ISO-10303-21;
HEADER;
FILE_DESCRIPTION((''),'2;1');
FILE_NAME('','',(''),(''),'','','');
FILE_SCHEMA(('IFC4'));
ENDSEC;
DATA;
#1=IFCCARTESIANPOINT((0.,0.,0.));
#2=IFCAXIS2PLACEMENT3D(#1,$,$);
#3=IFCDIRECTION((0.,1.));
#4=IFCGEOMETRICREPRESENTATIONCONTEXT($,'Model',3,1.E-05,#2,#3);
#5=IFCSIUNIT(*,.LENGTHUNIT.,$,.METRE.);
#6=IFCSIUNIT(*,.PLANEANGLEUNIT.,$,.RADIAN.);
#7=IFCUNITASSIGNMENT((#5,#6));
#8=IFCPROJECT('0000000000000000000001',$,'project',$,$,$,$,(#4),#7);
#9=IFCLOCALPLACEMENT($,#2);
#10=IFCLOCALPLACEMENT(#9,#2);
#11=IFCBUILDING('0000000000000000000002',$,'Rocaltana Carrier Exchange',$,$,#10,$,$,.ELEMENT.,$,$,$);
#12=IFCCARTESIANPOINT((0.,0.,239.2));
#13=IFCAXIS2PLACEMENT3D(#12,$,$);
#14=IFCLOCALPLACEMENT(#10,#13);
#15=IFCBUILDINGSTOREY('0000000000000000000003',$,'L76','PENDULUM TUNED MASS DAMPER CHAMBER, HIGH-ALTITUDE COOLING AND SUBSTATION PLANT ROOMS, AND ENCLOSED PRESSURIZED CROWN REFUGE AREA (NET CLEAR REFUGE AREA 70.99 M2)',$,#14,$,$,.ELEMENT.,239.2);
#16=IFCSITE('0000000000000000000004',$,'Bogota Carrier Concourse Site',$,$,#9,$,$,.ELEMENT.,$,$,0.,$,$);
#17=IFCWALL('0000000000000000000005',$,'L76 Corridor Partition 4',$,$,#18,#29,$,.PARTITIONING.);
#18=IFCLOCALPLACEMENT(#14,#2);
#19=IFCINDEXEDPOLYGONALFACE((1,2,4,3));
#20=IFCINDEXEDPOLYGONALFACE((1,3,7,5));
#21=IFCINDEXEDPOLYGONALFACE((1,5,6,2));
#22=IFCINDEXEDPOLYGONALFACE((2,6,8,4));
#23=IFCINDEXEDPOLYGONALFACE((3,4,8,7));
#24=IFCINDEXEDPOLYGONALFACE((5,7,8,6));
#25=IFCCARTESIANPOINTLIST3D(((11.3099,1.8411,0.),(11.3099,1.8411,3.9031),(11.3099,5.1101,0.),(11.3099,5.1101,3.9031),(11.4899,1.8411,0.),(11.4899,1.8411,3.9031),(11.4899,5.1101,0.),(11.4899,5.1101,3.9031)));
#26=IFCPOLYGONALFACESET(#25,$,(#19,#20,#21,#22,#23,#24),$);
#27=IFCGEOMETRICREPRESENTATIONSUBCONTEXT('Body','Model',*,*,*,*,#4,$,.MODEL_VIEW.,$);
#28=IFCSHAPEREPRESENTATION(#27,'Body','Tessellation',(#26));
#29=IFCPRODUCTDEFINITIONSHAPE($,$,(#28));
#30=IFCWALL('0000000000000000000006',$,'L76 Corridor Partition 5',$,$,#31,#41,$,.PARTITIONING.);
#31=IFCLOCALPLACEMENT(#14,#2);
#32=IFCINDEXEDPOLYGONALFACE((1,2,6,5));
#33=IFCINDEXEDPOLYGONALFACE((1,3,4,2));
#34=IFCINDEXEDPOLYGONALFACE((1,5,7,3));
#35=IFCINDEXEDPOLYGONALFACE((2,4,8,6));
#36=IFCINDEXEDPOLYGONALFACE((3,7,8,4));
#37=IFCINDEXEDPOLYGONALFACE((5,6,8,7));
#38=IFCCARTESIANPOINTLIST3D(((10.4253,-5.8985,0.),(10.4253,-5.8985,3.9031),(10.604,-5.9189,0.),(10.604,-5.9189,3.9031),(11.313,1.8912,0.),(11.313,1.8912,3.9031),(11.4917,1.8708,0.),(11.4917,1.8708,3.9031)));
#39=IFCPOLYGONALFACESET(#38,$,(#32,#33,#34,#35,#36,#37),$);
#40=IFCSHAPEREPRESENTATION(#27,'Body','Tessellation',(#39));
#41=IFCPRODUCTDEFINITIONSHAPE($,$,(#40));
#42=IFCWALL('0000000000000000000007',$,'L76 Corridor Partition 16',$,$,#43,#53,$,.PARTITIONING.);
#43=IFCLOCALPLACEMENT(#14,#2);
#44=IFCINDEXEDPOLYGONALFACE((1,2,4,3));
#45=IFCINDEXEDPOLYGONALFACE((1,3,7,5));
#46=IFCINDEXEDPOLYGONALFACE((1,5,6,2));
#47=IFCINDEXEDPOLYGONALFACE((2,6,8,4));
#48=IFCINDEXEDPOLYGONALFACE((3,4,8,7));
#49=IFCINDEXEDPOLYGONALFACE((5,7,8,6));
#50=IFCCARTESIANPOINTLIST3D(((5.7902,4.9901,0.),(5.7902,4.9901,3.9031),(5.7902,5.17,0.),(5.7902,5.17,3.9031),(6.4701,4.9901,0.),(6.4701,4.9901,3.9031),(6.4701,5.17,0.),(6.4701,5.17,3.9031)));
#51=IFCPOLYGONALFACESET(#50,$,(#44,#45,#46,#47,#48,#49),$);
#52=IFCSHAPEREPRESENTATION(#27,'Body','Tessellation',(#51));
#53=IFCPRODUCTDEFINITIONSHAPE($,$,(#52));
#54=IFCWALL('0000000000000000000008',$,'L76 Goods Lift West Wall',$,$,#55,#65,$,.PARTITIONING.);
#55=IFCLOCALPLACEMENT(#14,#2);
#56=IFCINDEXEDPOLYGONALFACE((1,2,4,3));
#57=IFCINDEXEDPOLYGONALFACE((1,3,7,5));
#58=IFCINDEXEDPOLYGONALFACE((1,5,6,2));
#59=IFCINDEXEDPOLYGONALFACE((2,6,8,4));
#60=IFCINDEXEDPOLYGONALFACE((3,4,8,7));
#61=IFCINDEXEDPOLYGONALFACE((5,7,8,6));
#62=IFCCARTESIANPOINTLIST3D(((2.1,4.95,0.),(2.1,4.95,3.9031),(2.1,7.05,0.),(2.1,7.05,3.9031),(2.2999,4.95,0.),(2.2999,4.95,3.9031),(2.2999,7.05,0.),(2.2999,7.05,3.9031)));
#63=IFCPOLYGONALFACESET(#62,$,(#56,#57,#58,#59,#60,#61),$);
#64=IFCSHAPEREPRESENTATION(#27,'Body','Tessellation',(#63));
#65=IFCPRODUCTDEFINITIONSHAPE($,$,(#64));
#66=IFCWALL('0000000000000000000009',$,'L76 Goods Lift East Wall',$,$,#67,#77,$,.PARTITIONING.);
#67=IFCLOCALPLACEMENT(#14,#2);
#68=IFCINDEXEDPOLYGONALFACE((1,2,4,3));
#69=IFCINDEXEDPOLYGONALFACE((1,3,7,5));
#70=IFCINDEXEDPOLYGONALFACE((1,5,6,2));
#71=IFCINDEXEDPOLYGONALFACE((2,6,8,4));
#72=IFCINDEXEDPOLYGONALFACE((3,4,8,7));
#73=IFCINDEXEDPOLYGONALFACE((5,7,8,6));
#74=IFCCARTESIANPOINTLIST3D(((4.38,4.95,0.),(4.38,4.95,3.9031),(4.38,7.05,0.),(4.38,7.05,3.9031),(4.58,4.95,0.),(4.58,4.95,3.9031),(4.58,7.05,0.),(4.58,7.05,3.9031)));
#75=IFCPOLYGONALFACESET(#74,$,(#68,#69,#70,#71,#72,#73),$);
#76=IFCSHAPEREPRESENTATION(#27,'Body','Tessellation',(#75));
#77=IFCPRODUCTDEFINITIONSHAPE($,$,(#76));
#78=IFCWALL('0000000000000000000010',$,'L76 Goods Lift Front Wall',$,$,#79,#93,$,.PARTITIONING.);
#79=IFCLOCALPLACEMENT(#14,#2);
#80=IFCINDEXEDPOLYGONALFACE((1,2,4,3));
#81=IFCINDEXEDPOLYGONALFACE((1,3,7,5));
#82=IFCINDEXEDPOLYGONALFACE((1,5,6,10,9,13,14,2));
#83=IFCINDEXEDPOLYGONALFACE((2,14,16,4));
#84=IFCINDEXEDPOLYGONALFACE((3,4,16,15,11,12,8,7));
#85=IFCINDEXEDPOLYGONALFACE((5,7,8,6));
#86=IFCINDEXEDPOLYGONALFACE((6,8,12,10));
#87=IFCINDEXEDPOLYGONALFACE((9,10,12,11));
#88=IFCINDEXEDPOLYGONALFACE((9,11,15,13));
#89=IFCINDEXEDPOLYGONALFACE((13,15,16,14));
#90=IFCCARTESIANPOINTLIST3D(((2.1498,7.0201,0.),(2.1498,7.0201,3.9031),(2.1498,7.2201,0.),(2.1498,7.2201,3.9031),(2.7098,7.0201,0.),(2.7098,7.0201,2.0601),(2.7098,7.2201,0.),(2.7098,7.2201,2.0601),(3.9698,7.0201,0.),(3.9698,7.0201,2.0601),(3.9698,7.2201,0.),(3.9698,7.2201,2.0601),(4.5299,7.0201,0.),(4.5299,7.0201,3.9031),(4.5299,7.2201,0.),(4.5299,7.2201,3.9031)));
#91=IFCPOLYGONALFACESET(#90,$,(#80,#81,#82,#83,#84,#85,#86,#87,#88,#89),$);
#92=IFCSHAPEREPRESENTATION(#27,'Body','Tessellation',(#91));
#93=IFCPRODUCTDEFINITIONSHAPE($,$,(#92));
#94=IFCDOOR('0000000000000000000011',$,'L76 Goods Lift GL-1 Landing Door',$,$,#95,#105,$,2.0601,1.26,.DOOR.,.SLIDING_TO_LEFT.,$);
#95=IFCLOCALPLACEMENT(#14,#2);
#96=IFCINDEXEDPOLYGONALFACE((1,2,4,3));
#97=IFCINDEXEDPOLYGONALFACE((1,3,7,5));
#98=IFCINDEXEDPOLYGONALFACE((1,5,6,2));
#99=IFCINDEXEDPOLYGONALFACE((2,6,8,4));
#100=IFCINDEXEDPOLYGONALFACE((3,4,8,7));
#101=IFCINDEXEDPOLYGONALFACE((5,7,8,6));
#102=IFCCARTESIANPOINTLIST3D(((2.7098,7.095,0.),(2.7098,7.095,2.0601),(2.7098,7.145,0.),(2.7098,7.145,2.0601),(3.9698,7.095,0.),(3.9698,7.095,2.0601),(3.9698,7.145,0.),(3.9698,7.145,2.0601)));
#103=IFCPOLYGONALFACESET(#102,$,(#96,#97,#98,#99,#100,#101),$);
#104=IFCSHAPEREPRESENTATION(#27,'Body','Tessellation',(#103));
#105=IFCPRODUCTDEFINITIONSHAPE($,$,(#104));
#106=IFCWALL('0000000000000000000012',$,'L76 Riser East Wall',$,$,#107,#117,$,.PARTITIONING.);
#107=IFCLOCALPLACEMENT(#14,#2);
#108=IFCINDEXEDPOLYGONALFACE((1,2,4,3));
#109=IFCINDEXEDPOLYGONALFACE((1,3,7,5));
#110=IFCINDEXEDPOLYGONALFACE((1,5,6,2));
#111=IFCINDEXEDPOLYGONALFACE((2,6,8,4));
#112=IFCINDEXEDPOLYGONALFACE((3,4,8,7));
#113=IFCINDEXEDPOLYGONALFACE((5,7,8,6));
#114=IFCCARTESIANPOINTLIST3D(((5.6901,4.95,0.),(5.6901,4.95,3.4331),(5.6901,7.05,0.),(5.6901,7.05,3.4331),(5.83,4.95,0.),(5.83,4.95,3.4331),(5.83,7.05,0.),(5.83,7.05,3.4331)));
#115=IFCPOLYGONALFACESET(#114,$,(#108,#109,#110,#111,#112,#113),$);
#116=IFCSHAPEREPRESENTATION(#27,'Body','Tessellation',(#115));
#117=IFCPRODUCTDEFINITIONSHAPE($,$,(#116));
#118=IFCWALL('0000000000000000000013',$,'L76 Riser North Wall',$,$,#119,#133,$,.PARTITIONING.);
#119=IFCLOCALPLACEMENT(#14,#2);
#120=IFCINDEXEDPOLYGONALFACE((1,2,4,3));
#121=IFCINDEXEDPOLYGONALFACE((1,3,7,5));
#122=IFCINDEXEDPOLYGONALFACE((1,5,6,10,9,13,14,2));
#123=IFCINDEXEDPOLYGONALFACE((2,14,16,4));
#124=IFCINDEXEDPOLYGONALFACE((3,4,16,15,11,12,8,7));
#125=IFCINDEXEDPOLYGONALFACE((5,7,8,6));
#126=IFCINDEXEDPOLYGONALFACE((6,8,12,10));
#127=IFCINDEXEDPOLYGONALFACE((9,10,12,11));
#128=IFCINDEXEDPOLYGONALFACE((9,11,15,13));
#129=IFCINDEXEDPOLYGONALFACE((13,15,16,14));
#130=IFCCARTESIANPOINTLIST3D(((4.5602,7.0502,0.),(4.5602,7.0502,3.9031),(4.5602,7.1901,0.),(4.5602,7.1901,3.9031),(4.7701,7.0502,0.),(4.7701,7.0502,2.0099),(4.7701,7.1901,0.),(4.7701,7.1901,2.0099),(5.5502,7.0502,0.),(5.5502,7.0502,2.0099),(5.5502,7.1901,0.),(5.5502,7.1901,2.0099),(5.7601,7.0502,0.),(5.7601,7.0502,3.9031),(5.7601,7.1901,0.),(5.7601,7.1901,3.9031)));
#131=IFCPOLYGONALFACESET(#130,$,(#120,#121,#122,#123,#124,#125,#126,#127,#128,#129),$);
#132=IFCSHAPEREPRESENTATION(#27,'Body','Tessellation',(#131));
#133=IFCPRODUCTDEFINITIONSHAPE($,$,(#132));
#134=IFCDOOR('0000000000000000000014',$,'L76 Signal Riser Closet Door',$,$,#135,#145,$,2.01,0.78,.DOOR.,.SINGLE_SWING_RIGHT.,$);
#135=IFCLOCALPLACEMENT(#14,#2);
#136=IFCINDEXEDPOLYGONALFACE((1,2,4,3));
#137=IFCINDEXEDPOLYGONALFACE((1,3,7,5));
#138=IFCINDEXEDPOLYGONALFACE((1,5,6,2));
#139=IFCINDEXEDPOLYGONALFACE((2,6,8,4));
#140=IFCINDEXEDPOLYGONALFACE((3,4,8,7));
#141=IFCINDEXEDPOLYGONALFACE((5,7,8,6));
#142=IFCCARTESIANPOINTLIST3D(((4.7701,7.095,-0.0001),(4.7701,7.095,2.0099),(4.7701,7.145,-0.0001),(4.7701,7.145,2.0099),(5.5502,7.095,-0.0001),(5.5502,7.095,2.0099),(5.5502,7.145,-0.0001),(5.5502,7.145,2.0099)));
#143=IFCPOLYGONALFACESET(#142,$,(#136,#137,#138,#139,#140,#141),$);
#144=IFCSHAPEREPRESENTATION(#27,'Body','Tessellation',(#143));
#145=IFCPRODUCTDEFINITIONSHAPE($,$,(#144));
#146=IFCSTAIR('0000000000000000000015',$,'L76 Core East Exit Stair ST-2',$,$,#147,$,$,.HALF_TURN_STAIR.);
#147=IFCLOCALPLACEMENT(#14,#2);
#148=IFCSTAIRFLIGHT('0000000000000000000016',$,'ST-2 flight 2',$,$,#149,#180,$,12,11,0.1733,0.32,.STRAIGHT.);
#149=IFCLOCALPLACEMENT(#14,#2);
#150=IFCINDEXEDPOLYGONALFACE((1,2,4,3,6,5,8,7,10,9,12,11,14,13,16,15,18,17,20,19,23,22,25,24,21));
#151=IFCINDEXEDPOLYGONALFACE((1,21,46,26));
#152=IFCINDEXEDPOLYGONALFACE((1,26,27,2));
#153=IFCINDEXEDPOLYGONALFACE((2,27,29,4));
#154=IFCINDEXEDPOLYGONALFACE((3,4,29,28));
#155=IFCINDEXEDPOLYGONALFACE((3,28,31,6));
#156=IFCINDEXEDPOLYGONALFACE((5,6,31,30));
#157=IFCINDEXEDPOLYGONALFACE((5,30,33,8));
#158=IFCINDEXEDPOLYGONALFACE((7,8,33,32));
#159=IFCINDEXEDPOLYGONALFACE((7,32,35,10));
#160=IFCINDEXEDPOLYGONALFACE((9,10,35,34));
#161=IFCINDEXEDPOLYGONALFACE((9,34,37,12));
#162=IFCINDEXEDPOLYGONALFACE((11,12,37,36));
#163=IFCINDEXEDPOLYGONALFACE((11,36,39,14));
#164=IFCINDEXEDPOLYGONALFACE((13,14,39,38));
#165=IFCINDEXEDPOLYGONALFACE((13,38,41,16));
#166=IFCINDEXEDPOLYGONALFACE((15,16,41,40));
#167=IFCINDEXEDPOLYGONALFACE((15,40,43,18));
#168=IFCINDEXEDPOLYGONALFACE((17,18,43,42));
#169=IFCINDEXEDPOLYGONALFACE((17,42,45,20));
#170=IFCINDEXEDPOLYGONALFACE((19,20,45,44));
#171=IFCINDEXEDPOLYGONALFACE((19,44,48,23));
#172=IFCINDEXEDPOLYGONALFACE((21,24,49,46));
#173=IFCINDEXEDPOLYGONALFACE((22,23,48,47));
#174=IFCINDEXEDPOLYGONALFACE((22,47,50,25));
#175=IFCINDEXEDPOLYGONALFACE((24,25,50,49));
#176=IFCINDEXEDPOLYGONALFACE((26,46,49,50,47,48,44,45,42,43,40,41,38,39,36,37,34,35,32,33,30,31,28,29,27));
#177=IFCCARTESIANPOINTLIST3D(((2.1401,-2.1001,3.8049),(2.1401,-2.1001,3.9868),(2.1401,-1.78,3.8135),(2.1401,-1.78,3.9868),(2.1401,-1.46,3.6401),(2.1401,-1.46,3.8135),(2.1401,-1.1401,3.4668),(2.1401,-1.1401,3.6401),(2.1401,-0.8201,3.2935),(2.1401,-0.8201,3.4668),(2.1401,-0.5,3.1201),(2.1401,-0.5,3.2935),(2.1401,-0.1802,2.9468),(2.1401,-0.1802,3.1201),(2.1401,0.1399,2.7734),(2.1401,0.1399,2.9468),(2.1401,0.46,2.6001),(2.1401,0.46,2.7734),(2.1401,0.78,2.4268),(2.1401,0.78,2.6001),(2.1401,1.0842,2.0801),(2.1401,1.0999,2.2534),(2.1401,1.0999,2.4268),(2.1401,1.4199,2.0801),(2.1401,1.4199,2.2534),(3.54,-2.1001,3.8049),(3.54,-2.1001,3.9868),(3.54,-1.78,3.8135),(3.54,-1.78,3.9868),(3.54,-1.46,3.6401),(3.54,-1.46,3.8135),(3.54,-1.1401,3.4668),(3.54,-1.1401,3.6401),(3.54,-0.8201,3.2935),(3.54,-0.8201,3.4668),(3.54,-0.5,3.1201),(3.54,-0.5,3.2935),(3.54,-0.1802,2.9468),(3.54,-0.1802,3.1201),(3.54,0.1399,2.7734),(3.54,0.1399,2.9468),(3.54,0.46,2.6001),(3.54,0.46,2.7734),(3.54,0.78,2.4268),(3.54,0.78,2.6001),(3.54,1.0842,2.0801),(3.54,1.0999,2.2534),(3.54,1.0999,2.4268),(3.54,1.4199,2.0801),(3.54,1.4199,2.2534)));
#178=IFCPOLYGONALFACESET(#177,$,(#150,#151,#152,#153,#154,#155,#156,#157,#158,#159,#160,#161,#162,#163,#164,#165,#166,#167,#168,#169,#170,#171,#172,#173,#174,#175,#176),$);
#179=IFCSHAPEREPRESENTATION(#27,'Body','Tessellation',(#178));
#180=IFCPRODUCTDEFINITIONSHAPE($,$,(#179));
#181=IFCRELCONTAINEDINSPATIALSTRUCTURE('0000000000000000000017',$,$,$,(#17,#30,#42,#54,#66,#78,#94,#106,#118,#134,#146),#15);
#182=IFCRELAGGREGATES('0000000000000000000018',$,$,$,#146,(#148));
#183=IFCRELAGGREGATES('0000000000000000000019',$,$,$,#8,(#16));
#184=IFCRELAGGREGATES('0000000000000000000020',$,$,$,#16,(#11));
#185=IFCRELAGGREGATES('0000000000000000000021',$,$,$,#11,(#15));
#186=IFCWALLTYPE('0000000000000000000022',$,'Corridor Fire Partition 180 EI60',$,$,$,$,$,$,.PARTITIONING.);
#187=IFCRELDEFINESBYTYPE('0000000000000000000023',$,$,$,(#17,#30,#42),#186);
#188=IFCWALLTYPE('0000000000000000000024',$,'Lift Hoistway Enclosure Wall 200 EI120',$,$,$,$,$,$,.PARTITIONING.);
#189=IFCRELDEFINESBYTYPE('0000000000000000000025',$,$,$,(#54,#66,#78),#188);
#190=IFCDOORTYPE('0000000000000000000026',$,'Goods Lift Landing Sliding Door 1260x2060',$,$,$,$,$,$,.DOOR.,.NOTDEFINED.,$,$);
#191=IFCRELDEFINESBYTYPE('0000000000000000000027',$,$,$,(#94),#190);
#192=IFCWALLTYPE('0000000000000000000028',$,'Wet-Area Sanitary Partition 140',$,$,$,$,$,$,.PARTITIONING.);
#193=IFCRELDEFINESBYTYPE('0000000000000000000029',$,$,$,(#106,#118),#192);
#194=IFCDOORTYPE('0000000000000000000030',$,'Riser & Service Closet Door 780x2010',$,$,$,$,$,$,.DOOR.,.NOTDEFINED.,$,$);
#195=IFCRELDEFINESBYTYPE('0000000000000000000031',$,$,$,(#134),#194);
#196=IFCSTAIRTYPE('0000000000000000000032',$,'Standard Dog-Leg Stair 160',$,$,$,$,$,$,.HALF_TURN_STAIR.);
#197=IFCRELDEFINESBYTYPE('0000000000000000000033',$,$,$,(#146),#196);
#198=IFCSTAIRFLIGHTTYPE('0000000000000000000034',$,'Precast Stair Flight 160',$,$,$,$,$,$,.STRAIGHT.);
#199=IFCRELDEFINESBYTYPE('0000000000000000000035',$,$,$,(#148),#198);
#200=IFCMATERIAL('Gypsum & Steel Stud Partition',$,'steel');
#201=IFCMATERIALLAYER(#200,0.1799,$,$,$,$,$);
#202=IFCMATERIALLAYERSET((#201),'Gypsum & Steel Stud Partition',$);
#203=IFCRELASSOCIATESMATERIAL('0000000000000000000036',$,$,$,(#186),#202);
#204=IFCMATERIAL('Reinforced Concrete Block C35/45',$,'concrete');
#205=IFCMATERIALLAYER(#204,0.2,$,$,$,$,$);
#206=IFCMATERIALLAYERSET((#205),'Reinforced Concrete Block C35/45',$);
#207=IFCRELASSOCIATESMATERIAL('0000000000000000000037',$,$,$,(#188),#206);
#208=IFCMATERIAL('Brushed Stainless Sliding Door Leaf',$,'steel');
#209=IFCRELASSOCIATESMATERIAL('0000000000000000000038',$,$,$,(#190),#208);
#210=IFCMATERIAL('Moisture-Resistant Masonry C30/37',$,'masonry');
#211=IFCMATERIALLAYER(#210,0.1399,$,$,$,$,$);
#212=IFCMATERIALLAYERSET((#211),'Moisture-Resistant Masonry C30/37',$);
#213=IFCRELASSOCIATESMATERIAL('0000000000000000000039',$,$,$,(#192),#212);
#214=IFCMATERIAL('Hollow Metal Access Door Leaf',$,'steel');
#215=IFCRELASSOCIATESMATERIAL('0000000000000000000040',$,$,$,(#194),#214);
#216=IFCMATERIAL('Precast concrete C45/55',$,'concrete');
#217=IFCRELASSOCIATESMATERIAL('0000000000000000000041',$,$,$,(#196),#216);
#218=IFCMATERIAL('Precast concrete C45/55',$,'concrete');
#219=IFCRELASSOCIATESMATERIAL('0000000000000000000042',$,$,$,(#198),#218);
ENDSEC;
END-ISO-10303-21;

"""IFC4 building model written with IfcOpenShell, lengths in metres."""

from ifc_helpers import new_model, si_unit, direction, frame, frame_2d, origin, place, context, subcontext, project, spatial, polyline, rectangle, outline, extrude, material, layer, layer_set, type_object, element, fill, aggregate, save


model = new_model("IFC4")

# Units and contexts
model_context = context("Model", 3, precision=1e-05, world=origin(), true_north=direction((0.0, 1.0)))
body_context = subcontext(model_context, "Body", "Model", "MODEL_VIEW")
ifc_project = project(units=[si_unit("LENGTHUNIT", "METRE"), si_unit("PLANEANGLEUNIT", "RADIAN")], contexts=[model_context])

# Site, building, storey
site_placement = place(None, origin())
site = spatial("IfcSite", under=ifc_project, at=site_placement, Name="Bogota Carrier Concourse Site", CompositionType="ELEMENT", RefElevation=0.0)
building_placement = place(site_placement, origin())
building = spatial("IfcBuilding", under=site, at=building_placement, Name="Rocaltana Carrier Exchange", CompositionType="ELEMENT")
storey_placement = place(building_placement, frame((0.0, 0.0, 239.2)))
storey = spatial("IfcBuildingStorey", under=building, at=storey_placement, Name="L76", Description="PENDULUM TUNED MASS DAMPER CHAMBER, HIGH-ALTITUDE COOLING AND SUBSTATION PLANT ROOMS, AND ENCLOSED PRESSURIZED CROWN REFUGE AREA (NET CLEAR REFUGE AREA 70.99 M2)", CompositionType="ELEMENT", Elevation=239.2)

# Walls
ifc_material_1 = material(Name="Gypsum & Steel Stud Partition", Category="steel")
ifc_layer_1 = layer(ifc_material_1, 0.1799)
ifc_layer_set_1 = layer_set([ifc_layer_1], Name="Gypsum & Steel Stud Partition")
wall_type_1 = type_object("IfcWallType", Name="Corridor Fire Partition 180 EI60", PredefinedType="PARTITIONING", material=ifc_layer_set_1)
wall_1_placement = place(storey_placement, frame((11.3999, 5.1101, 0.0), z_axis=(0.0, 0.0, 1.0), x_axis=(0.0, -1.0, 0.0)))
element("IfcWall", 1, at=wall_1_placement, inside=storey, type_object=wall_type_1, Name="L76 Corridor Partition 4", PredefinedType="PARTITIONING", context=body_context, shape_type="SweptSolid", body=[
    extrude(rectangle(XDim=3.269, YDim=0.1799, at=frame_2d((1.6345, 0.0))), origin(), (0.0, 0.0, 1.0), 3.9031),
])
wall_2_placement = place(storey_placement, frame((11.4023, 1.8809, 0.0), z_axis=(0.0, 0.0, 1.0), x_axis=(-0.113227, -0.993569, 0.0)))
element("IfcWall", 2, at=wall_2_placement, inside=storey, type_object=wall_type_1, Name="L76 Corridor Partition 5", PredefinedType="PARTITIONING", context=body_context, shape_type="SweptSolid", body=[
    extrude(rectangle(XDim=7.8401, YDim=0.1799, at=frame_2d((3.9199, 0.0))), origin(), (0.0, 0.0, 1.0), 3.9031),
])
wall_3_placement = place(storey_placement, frame((6.47, 5.0801, 0.0), z_axis=(0.0, 0.0, 1.0), x_axis=(-1.0, 0.0, 0.0)))
element("IfcWall", 3, at=wall_3_placement, inside=storey, type_object=wall_type_1, Name="L76 Corridor Partition 16", PredefinedType="PARTITIONING", context=body_context, shape_type="SweptSolid", body=[
    extrude(rectangle(XDim=0.6799, YDim=0.1799, at=frame_2d((0.3398, 0.0))), origin(), (0.0, 0.0, 1.0), 3.9031),
])
ifc_material_2 = material(Name="Reinforced Concrete Block C35/45", Category="concrete")
ifc_layer_2 = layer(ifc_material_2, 0.2)
ifc_layer_set_2 = layer_set([ifc_layer_2], Name="Reinforced Concrete Block C35/45")
wall_type_2 = type_object("IfcWallType", Name="Lift Hoistway Enclosure Wall 200 EI120", PredefinedType="PARTITIONING", material=ifc_layer_set_2)
for number, where, z_axis, x_axis, name in (
    (4, (2.2, 4.95, 0.0), (0.0, 0.0, 1.0), (0.0, 1.0, 0.0), "L76 Goods Lift West Wall"),
    (5, (4.48, 4.95, 0.0), (0.0, 0.0, 1.0), (0.0, 1.0, 0.0), "L76 Goods Lift East Wall"),
):
    element("IfcWall", number, at=place(storey_placement, frame(where, z_axis=z_axis, x_axis=x_axis)), inside=storey, type_object=wall_type_2, Name=name, PredefinedType="PARTITIONING", context=body_context, shape_type="SweptSolid", body=[
        extrude(rectangle(XDim=2.1001, YDim=0.2, at=frame_2d((1.05, 0.0))), origin(), (0.0, 0.0, 1.0), 3.9031),
    ])

# Wall, opening, door
wall_4_placement = place(storey_placement, frame((2.1499, 7.1201, 0.0), z_axis=(0.0, 0.0, 1.0), x_axis=(1.0, 0.0, 0.0)))
wall_4 = element("IfcWall", 6, at=wall_4_placement, inside=storey, type_object=wall_type_2, Name="L76 Goods Lift Front Wall", PredefinedType="PARTITIONING", context=body_context, shape_type="SweptSolid", body=[
    extrude(rectangle(XDim=2.3801, YDim=0.2, at=frame_2d((1.1899, 0.0))), origin(), (0.0, 0.0, 1.0), 3.9031),
])
opening_1_placement = place(wall_4_placement, frame((0.5601, 0.0, 0.0)))
opening_1 = element("IfcOpeningElement", 7, at=opening_1_placement, cuts=wall_4, PredefinedType="OPENING", context=body_context, shape_type="SweptSolid", body=[
    extrude(rectangle(XDim=1.26, YDim=2.0601, at=frame_2d((0.6299, 1.03))), frame((0.0, 0.1099, 0.0), z_axis=(0.0, -1.0, 0.0), x_axis=(1.0, 0.0, 0.0)), (0.0, 0.0, 1.0), 0.22),
])
ifc_material_3 = material(Name="Brushed Stainless Sliding Door Leaf", Category="steel")
door_type_1 = type_object("IfcDoorType", Name="Goods Lift Landing Sliding Door 1260x2060", OperationType="NOTDEFINED", PredefinedType="DOOR", material=ifc_material_3)
door_1_placement = place(opening_1_placement, origin())
door_1 = element("IfcDoor", 8, at=door_1_placement, inside=storey, type_object=door_type_1, Name="L76 Goods Lift GL-1 Landing Door", OperationType="SLIDING_TO_LEFT", OverallHeight=2.0601, OverallWidth=1.26, PredefinedType="DOOR", context=body_context, shape_type="SweptSolid", body=[
    extrude(rectangle(XDim=1.26, YDim=2.0601, at=frame_2d((0.6299, 1.03))), frame((0.0, 0.0249, 0.0), z_axis=(0.0, -1.0, 0.0), x_axis=(1.0, 0.0, 0.0)), (0.0, 0.0, 1.0), 0.05),
])
fill(opening_1, door_1)

# Wall
ifc_material_4 = material(Name="Moisture-Resistant Masonry C30/37", Category="masonry")
ifc_layer_3 = layer(ifc_material_4, 0.1399)
ifc_layer_set_3 = layer_set([ifc_layer_3], Name="Moisture-Resistant Masonry C30/37")
wall_type_3 = type_object("IfcWallType", Name="Wet-Area Sanitary Partition 140", PredefinedType="PARTITIONING", material=ifc_layer_set_3)
wall_5_placement = place(storey_placement, frame((5.76, 4.95, 0.0), z_axis=(0.0, 0.0, 1.0), x_axis=(0.0, 1.0, 0.0)))
element("IfcWall", 9, at=wall_5_placement, inside=storey, type_object=wall_type_3, Name="L76 Riser East Wall", PredefinedType="PARTITIONING", context=body_context, shape_type="SweptSolid", body=[
    extrude(rectangle(XDim=2.1001, YDim=0.1399, at=frame_2d((1.05, 0.0))), origin(), (0.0, 0.0, 1.0), 3.4331),
])

# Wall, opening, door
wall_6_placement = place(storey_placement, frame((4.5601, 7.1201, 0.0), z_axis=(0.0, 0.0, 1.0), x_axis=(1.0, 0.0, 0.0)))
wall_6 = element("IfcWall", 10, at=wall_6_placement, inside=storey, type_object=wall_type_3, Name="L76 Riser North Wall", PredefinedType="PARTITIONING", context=body_context, shape_type="SweptSolid", body=[
    extrude(rectangle(XDim=1.2, YDim=0.1399, at=frame_2d((0.6001, 0.0))), origin(), (0.0, 0.0, 1.0), 3.9031),
])
opening_2_placement = place(wall_6_placement, frame((0.21, 0.0, 0.0)))
opening_2 = element("IfcOpeningElement", 11, at=opening_2_placement, cuts=wall_6, PredefinedType="OPENING", context=body_context, shape_type="SweptSolid", body=[
    extrude(rectangle(XDim=0.78, YDim=2.01, at=frame_2d((0.3901, 1.0049))), frame((0.0, 0.0798, 0.0), z_axis=(0.0, -1.0, 0.0), x_axis=(1.0, 0.0, 0.0)), (0.0, 0.0, 1.0), 0.1599),
])
ifc_material_5 = material(Name="Hollow Metal Access Door Leaf", Category="steel")
door_type_2 = type_object("IfcDoorType", Name="Riser & Service Closet Door 780x2010", OperationType="NOTDEFINED", PredefinedType="DOOR", material=ifc_material_5)
door_2_placement = place(opening_2_placement, origin())
door_2 = element("IfcDoor", 12, at=door_2_placement, inside=storey, type_object=door_type_2, Name="L76 Signal Riser Closet Door", OperationType="SINGLE_SWING_RIGHT", OverallHeight=2.01, OverallWidth=0.78, PredefinedType="DOOR", context=body_context, shape_type="SweptSolid", body=[
    extrude(rectangle(XDim=0.78, YDim=2.01, at=frame_2d((0.3901, 1.0049))), frame((0.0, 0.0249, 0.0), z_axis=(0.0, -1.0, 0.0), x_axis=(1.0, 0.0, 0.0)), (0.0, 0.0, 1.0), 0.05),
])
fill(opening_2, door_2)

# Stair, stair flight
ifc_material_6 = material(Name="Precast concrete C45/55", Category="concrete")
stair_type = type_object("IfcStairType", Name="Standard Dog-Leg Stair 160", PredefinedType="HALF_TURN_STAIR", material=ifc_material_6)
stair_placement = place(storey_placement, origin())
stair = element("IfcStair", 13, at=stair_placement, inside=storey, type_object=stair_type, Name="L76 Core East Exit Stair ST-2", PredefinedType="HALF_TURN_STAIR")
ifc_material_7 = material(Name="Precast concrete C45/55", Category="concrete")
stair_flight_type = type_object("IfcStairFlightType", Name="Precast Stair Flight 160", PredefinedType="STRAIGHT", material=ifc_material_7)
stair_flight_placement = place(storey_placement, frame((2.8401, 1.4199, 2.0801), z_axis=(0.0, 0.0, 1.0), x_axis=(0.0, -1.0, 0.0)))
stair_flight = element("IfcStairFlight", 14, at=stair_flight_placement, type_object=stair_flight_type, Name="ST-2 flight 2", NumberOfRisers=12, NumberOfTreads=11, PredefinedType="STRAIGHT", RiserHeight=0.1733, TreadLength=0.32, context=body_context, shape_type="SweptSolid", body=[
    extrude(outline(polyline([(0.0, 0.0), (0.0, 0.1733), (0.3201, 0.1733), (0.3201, 0.3467), (0.6399, 0.3467), (0.6399, 0.52), (0.96, 0.52), (0.96, 0.6934), (1.28, 0.6934), (1.28, 0.8667), (1.6001, 0.8667), (1.6001, 1.04), (1.9199, 1.04), (1.9199, 1.2134), (2.24, 1.2134), (2.24, 1.3867), (2.5601, 1.3867), (2.5601, 1.5601), (2.8799, 1.5601), (2.8799, 1.7334), (3.2, 1.7334), (3.2, 1.9067), (3.52, 1.9067), (3.52, 2.0801), (3.52, 1.7249), (0.3357, 0.0), (0.0, 0.0)])), frame((0.0, 0.7, 0.0), z_axis=(0.0, -1.0, 0.0), x_axis=(1.0, 0.0, 0.0)), (0.0, 0.0, 1.0), 1.3999),
])
aggregate(stair, [stair_flight])

save(model, "model.ifc")
